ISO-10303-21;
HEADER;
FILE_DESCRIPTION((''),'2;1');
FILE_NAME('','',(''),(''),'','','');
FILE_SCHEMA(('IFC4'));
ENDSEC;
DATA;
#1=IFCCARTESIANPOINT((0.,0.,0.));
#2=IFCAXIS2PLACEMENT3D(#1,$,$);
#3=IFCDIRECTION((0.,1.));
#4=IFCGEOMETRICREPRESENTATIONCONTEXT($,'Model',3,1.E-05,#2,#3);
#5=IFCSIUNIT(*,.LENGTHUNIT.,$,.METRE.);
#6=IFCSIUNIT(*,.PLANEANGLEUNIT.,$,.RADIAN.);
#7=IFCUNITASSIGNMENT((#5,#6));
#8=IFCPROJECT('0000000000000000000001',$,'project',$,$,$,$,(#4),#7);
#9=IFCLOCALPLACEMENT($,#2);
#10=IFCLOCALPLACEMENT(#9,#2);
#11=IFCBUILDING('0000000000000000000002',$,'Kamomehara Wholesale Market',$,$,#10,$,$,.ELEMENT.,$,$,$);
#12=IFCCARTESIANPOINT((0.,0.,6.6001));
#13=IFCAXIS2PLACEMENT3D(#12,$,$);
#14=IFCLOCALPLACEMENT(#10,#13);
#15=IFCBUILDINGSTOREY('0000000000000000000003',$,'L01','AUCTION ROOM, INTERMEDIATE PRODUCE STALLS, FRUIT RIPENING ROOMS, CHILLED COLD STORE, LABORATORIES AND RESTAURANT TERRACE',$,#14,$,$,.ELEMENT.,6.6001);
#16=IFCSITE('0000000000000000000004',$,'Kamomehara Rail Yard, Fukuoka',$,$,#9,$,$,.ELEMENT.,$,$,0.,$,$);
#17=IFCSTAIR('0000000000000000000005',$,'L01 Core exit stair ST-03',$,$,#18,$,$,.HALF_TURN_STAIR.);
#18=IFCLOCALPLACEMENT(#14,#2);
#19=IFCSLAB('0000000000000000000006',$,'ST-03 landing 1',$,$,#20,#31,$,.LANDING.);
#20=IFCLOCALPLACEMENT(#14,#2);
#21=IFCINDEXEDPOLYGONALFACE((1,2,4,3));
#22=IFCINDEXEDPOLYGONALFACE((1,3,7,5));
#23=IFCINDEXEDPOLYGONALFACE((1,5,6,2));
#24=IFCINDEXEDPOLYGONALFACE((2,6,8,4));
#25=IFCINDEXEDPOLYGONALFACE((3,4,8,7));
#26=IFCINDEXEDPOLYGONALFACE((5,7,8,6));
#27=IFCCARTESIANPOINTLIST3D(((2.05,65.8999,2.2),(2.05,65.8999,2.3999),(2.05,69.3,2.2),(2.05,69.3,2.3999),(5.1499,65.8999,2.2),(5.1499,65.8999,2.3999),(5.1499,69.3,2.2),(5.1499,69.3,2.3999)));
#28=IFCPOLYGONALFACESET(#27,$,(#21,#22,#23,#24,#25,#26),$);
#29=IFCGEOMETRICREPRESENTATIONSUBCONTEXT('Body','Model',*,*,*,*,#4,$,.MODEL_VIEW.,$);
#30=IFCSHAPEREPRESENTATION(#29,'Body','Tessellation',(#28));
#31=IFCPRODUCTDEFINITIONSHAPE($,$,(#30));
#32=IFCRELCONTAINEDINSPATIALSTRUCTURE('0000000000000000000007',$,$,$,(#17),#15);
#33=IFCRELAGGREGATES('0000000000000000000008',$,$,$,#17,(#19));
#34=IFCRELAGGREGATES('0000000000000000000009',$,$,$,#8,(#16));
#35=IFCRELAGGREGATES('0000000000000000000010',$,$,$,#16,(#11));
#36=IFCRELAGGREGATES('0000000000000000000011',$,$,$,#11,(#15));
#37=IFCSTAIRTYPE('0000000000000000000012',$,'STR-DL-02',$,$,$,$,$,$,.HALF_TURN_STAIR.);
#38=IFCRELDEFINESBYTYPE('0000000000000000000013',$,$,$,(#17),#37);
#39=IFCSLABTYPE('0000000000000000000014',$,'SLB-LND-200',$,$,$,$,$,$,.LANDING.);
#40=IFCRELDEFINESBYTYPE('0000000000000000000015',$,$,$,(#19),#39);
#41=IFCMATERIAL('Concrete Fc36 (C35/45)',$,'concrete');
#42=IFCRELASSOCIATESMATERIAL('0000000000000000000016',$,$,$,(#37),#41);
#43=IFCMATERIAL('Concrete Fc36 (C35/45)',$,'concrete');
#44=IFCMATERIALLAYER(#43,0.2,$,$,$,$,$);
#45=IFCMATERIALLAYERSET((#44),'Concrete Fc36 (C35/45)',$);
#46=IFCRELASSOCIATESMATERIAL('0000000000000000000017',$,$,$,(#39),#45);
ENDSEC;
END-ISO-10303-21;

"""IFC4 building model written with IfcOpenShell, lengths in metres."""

from ifc_helpers import new_model, si_unit, direction, frame, origin, place, context, subcontext, project, spatial, polyline, outline, extrude, material, layer, layer_set, type_object, element, aggregate, save


model = new_model("IFC4")

# Units and contexts
model_context = context("Model", 3, precision=1e-05, world=origin(), true_north=direction((0.0, 1.0)))
body_context = subcontext(model_context, "Body", "Model", "MODEL_VIEW")
ifc_project = project(units=[si_unit("LENGTHUNIT", "METRE"), si_unit("PLANEANGLEUNIT", "RADIAN")], contexts=[model_context])

# Site, building, storey
site_placement = place(None, origin())
site = spatial("IfcSite", under=ifc_project, at=site_placement, Name="Kamomehara Rail Yard, Fukuoka", CompositionType="ELEMENT", RefElevation=0.0)
building_placement = place(site_placement, origin())
building = spatial("IfcBuilding", under=site, at=building_placement, Name="Kamomehara Wholesale Market", CompositionType="ELEMENT")
storey_placement = place(building_placement, frame((0.0, 0.0, 6.6001)))
storey = spatial("IfcBuildingStorey", under=building, at=storey_placement, Name="L01", Description="AUCTION ROOM, INTERMEDIATE PRODUCE STALLS, FRUIT RIPENING ROOMS, CHILLED COLD STORE, LABORATORIES AND RESTAURANT TERRACE", CompositionType="ELEMENT", Elevation=6.6001)

# Stair, slab
ifc_material_1 = material(Name="Concrete Fc36 (C35/45)", Category="concrete")
stair_type = type_object("IfcStairType", Name="STR-DL-02", PredefinedType="HALF_TURN_STAIR", material=ifc_material_1)
stair_placement = place(storey_placement, origin())
stair = element("IfcStair", 1, at=stair_placement, inside=storey, type_object=stair_type, Name="L01 Core exit stair ST-03", PredefinedType="HALF_TURN_STAIR")
ifc_material_2 = material(Name="Concrete Fc36 (C35/45)", Category="concrete")
ifc_layer_1 = layer(ifc_material_2, 0.2)
ifc_layer_set_1 = layer_set([ifc_layer_1], Name="Concrete Fc36 (C35/45)")
slab_type_1 = type_object("IfcSlabType", Name="SLB-LND-200", PredefinedType="LANDING", material=ifc_layer_set_1)
slab_1_placement = place(storey_placement, frame((0.0, 0.0, 2.2)))
slab_1 = element("IfcSlab", 2, at=slab_1_placement, type_object=slab_type_1, Name="ST-03 landing 1", PredefinedType="LANDING", context=body_context, shape_type="SweptSolid", body=[
    extrude(outline(polyline([(5.1499, 69.3), (2.05, 69.3), (2.05, 65.8999), (5.1499, 65.8999), (5.1499, 69.3)])), origin(), (0.0, 0.0, 1.0), 0.2),
])
aggregate(stair, [slab_1])

save(model, "model.ifc")
